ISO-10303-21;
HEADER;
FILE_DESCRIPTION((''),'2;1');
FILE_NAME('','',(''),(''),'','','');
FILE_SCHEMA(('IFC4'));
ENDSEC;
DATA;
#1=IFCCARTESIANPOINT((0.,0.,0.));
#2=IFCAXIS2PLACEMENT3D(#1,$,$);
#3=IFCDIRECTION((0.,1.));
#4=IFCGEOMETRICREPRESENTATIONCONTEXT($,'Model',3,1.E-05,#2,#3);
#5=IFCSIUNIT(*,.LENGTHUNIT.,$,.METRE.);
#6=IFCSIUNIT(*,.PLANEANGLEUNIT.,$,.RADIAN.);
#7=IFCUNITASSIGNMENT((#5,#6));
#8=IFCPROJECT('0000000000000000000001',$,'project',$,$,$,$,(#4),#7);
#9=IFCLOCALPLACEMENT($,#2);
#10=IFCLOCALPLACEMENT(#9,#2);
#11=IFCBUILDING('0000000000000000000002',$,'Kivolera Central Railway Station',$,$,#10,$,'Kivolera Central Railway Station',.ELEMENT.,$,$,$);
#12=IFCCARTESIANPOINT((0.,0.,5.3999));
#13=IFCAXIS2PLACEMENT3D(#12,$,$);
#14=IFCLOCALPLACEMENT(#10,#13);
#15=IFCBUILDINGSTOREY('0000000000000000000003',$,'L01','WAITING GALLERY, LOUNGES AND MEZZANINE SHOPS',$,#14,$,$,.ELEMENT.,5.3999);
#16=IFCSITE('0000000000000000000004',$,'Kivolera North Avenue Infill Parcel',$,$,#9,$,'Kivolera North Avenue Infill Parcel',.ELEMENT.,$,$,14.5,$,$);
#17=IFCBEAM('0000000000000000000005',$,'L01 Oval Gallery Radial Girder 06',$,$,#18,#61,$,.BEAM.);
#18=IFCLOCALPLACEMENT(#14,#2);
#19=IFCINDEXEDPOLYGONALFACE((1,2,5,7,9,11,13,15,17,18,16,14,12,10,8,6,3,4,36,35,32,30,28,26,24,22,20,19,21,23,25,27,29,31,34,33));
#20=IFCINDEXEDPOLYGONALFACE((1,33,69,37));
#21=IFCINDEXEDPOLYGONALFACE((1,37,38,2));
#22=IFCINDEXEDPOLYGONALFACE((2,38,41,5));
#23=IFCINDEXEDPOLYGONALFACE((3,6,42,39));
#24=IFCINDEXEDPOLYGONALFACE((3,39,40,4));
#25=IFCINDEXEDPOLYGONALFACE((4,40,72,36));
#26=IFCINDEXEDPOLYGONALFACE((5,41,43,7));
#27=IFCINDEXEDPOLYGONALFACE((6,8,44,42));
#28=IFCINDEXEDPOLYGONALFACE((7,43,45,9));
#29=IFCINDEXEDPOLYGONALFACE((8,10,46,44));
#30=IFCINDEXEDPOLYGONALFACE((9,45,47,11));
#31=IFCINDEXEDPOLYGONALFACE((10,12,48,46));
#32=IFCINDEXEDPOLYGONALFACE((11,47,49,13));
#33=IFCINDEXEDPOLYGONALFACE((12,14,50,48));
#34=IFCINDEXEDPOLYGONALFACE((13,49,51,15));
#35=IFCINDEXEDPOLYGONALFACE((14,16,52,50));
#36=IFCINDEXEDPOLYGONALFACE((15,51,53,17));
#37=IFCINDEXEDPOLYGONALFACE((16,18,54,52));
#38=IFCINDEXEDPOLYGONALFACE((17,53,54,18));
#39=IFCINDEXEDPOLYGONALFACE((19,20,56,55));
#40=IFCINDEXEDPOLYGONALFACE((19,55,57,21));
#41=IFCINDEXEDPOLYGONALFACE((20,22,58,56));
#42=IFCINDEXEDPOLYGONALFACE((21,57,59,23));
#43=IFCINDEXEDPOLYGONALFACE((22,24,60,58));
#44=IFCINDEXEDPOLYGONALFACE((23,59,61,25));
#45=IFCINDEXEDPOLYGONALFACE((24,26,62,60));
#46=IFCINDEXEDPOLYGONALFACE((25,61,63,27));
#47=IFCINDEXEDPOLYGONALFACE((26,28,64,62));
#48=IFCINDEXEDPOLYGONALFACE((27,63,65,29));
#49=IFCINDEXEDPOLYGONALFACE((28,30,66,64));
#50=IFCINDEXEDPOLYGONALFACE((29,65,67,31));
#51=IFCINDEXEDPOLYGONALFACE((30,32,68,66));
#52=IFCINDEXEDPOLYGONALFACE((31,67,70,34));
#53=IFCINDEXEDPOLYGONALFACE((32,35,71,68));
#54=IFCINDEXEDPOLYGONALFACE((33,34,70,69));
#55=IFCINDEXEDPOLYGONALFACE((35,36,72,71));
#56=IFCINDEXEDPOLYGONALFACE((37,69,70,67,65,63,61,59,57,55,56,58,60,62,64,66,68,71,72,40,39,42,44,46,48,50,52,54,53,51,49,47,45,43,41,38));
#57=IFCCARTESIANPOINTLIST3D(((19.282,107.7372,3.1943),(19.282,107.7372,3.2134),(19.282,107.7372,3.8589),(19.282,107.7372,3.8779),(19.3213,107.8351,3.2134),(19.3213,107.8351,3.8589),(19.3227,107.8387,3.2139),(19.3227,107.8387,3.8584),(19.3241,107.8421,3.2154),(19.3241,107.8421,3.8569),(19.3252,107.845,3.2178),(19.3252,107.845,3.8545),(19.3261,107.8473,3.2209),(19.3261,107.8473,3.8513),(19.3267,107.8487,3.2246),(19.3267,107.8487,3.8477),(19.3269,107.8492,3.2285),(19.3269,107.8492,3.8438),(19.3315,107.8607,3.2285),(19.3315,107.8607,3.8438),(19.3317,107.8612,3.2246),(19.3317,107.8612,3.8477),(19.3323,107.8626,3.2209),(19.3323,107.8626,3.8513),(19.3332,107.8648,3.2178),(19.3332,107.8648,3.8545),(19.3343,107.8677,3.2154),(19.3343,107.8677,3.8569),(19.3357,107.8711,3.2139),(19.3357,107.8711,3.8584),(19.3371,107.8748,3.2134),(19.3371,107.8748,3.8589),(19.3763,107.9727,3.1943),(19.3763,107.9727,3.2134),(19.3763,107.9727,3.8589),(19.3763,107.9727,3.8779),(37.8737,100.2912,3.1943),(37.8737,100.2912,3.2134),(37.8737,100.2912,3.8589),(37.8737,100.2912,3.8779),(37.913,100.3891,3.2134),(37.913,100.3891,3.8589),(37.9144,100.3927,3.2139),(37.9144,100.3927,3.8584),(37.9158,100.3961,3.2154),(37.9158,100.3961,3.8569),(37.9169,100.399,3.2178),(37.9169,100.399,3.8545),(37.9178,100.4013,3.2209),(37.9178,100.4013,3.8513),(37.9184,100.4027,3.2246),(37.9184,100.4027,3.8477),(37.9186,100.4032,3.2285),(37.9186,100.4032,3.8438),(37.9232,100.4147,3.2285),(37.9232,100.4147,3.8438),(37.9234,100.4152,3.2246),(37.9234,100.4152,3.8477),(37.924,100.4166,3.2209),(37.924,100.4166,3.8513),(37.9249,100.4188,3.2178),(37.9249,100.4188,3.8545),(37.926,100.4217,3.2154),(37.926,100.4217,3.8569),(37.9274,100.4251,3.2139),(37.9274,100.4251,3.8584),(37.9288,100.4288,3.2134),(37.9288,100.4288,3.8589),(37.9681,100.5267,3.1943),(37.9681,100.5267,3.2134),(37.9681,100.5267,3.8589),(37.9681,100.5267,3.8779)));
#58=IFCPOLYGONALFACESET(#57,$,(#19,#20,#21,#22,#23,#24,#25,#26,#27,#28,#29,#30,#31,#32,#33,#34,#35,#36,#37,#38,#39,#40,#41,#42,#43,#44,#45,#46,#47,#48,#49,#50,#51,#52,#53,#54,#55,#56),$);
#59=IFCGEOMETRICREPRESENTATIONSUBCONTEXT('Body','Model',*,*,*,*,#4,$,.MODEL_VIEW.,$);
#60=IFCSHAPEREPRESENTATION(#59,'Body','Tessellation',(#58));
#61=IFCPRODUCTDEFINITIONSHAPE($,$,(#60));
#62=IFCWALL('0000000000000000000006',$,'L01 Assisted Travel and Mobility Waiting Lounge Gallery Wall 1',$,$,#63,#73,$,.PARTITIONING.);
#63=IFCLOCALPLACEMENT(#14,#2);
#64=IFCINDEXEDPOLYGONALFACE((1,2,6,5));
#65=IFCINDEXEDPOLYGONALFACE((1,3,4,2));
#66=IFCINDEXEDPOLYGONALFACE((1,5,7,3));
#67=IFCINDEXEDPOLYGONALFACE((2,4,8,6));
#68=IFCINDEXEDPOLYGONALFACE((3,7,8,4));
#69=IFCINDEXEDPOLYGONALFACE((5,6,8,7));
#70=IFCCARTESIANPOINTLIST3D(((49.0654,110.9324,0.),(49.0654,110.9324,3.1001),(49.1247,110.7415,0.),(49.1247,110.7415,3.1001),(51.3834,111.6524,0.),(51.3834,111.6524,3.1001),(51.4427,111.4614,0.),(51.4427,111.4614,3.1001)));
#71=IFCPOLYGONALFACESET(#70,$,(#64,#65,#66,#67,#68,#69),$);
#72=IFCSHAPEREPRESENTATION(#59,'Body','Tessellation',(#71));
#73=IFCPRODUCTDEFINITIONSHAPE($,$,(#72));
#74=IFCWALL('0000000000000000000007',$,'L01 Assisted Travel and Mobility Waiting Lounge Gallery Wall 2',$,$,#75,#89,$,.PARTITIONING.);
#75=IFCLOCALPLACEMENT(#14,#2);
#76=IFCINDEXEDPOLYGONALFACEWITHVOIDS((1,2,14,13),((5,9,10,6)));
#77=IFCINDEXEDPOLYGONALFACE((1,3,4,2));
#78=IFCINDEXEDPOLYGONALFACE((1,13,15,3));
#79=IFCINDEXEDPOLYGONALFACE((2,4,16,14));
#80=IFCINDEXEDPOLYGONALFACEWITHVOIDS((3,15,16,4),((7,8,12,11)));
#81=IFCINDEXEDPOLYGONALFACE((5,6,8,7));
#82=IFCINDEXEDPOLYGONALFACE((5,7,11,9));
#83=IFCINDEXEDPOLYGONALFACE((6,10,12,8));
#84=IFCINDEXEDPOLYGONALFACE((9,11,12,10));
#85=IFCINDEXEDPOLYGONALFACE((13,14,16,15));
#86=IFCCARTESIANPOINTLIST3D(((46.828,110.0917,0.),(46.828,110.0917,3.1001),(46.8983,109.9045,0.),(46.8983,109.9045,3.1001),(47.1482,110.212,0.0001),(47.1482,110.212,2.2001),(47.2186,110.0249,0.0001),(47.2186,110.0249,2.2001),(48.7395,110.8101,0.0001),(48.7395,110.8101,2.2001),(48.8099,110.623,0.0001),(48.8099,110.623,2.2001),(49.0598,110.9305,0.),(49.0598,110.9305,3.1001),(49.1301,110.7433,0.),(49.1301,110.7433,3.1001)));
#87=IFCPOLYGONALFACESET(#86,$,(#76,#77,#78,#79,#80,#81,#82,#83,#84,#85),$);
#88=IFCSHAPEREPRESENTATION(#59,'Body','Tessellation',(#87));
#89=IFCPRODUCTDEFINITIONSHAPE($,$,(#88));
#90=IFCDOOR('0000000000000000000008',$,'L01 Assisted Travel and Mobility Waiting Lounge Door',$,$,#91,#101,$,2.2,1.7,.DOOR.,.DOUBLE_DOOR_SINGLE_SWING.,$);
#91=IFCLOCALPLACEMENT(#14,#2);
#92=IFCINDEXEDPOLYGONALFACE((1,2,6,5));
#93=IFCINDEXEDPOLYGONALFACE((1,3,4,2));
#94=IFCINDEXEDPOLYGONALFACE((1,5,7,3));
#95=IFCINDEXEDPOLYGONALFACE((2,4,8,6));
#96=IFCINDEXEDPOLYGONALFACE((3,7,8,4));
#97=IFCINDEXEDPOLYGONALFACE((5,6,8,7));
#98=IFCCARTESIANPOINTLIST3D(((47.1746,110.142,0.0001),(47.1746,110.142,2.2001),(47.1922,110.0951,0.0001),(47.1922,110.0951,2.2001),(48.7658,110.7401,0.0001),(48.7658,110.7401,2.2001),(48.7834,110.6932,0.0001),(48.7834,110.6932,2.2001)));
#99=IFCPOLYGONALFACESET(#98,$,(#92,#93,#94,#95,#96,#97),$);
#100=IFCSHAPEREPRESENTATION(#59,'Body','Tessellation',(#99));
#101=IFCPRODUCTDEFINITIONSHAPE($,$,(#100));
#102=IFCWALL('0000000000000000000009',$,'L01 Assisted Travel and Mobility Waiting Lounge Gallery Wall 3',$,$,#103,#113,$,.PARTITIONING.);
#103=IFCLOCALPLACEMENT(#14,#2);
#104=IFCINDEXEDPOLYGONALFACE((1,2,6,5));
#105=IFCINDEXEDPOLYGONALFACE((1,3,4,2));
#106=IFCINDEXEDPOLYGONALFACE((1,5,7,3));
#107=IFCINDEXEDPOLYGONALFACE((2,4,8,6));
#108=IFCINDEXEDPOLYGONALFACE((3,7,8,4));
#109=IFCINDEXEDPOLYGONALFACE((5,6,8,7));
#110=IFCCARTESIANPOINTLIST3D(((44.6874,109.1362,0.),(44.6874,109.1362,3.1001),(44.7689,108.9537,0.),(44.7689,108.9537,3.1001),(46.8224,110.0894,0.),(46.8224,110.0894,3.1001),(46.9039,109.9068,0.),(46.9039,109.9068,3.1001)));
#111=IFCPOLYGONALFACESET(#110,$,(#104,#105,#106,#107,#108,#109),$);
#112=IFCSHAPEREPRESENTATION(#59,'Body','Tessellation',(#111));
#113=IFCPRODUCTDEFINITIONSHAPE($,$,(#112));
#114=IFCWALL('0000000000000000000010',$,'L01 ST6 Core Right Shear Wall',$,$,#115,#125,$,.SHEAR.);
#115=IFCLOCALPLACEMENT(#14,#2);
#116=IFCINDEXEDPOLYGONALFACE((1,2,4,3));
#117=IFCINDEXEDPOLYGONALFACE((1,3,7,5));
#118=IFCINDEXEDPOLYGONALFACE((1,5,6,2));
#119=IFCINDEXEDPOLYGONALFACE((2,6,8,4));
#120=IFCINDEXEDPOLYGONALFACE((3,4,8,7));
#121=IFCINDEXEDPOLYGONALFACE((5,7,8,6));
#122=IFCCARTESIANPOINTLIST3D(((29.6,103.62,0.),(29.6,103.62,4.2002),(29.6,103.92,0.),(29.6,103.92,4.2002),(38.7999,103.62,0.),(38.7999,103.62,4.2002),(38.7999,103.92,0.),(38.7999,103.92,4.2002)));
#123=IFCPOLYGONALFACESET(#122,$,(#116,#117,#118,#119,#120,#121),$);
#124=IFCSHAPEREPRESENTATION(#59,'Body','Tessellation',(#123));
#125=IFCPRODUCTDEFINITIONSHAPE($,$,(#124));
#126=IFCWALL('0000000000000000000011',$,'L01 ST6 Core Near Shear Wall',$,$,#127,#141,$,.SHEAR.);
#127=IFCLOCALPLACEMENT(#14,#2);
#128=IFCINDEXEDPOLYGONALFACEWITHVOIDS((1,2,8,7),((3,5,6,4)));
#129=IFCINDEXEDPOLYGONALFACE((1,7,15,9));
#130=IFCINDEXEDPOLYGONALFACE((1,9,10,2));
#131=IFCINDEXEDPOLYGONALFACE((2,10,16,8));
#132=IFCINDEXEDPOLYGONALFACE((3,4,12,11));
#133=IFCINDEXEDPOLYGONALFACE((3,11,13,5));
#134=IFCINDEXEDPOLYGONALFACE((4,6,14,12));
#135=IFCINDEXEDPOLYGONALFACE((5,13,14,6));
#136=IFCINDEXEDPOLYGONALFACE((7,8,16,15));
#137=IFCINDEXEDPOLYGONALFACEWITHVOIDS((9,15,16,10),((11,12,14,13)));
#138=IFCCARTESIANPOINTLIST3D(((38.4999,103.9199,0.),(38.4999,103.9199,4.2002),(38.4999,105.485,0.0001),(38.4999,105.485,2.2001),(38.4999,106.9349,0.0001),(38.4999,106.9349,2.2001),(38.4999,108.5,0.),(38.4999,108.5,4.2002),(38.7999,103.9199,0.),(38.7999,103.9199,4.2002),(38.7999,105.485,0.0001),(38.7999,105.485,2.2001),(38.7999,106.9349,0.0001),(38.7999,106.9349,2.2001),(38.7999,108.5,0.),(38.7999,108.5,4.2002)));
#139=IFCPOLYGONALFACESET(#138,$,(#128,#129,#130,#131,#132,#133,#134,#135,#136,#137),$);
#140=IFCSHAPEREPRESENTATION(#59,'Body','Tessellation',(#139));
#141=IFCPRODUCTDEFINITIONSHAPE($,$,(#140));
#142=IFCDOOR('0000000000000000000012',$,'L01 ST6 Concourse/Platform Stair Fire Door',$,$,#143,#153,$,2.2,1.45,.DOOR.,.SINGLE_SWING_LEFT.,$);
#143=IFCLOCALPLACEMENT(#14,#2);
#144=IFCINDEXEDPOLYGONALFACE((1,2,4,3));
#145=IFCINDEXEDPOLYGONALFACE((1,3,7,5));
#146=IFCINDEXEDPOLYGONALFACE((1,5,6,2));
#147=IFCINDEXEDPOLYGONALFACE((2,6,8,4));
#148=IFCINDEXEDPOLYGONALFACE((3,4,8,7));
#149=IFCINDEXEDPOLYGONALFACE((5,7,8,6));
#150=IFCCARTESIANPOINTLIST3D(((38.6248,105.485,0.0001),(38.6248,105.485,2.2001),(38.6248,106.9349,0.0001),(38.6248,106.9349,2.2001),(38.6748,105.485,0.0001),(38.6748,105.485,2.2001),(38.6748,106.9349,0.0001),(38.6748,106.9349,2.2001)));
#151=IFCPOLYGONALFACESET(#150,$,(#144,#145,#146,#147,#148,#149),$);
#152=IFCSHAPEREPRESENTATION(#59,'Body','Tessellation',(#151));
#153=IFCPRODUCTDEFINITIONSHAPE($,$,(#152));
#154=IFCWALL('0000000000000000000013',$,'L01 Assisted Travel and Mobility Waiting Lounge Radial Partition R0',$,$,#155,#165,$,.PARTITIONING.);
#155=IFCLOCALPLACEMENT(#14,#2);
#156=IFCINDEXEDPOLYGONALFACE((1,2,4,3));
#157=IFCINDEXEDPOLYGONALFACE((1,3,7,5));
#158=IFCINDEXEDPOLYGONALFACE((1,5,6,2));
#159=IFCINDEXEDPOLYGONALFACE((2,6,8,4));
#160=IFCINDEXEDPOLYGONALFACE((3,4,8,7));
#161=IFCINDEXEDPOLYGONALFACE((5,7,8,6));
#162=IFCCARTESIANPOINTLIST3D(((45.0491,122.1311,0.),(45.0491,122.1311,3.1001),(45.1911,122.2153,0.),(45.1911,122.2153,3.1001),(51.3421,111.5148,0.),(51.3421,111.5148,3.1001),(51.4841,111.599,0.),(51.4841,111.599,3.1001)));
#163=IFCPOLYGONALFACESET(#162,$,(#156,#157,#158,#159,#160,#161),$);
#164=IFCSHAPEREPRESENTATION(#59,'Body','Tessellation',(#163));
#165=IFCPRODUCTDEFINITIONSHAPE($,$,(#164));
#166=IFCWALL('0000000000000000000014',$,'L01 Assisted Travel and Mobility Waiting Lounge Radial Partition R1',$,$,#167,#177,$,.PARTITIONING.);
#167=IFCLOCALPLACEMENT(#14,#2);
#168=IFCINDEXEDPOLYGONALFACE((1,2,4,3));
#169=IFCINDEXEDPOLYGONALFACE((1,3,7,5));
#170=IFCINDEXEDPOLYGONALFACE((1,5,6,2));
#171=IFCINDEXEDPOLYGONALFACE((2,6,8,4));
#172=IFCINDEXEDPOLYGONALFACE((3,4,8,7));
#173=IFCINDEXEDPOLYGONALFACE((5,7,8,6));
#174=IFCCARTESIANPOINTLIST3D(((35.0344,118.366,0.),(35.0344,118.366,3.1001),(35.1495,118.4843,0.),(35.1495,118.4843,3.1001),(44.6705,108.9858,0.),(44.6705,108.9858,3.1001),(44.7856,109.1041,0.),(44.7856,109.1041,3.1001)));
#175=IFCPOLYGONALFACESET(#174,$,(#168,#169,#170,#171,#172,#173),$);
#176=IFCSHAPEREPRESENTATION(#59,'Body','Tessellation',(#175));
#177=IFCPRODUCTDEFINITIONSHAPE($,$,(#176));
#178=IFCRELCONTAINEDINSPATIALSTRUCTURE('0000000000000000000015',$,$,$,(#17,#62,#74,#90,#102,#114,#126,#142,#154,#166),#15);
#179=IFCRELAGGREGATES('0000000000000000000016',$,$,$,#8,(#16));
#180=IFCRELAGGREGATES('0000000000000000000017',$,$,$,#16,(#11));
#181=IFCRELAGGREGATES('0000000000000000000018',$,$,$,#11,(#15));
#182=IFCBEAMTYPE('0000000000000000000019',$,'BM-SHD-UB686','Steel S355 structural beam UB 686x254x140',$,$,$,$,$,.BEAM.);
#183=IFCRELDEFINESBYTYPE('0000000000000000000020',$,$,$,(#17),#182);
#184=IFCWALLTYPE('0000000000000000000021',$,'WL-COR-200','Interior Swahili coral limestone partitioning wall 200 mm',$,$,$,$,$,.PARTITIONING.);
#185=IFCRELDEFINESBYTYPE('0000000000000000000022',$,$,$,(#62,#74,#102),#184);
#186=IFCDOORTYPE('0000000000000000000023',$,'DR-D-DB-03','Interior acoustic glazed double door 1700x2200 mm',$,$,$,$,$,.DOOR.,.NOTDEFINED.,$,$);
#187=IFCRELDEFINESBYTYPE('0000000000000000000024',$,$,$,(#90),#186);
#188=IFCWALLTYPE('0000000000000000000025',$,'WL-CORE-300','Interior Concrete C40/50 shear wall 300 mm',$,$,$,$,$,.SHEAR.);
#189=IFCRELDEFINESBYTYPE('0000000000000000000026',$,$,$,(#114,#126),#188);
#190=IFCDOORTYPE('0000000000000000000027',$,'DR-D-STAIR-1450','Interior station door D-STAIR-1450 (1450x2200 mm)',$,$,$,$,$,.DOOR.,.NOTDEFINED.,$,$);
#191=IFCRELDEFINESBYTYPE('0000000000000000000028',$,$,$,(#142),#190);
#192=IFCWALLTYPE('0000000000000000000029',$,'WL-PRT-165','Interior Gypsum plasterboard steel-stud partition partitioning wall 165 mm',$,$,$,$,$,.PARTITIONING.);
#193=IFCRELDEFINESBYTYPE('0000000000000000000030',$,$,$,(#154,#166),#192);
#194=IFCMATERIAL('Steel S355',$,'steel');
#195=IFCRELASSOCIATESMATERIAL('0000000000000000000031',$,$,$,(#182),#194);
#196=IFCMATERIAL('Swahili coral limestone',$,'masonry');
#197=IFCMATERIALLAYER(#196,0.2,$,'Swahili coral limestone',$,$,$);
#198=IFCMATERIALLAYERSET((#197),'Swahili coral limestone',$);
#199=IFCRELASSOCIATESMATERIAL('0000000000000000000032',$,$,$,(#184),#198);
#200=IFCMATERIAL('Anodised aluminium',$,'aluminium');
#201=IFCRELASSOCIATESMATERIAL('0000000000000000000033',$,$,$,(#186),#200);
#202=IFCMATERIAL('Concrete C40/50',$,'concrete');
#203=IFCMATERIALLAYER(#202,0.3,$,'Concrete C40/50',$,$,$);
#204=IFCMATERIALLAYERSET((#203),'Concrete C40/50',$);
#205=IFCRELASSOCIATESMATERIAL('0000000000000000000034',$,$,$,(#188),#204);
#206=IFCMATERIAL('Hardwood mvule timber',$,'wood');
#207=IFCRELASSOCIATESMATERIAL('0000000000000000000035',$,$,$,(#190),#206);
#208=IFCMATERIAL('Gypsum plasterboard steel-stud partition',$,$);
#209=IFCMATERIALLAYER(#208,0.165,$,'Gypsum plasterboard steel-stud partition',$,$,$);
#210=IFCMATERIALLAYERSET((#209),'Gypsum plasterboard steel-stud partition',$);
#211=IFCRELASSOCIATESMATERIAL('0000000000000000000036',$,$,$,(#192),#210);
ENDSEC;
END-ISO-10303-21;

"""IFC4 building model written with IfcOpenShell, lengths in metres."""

from ifc_helpers import new_model, si_unit, direction, frame, frame_2d, origin, origin_2d, place, context, subcontext, project, spatial, rectangle, i_section, extrude, material, layer, layer_set, material_profile, profile_set, type_object, element, fill, save


model = new_model("IFC4")

# Units and contexts
model_context = context("Model", 3, precision=1e-05, world=origin(), true_north=direction((0.0, 1.0)))
body_context = subcontext(model_context, "Body", "Model", "MODEL_VIEW")
ifc_project = project(units=[si_unit("LENGTHUNIT", "METRE"), si_unit("PLANEANGLEUNIT", "RADIAN")], contexts=[model_context])

# Site, building, storey
site_placement = place(None, origin())
site = spatial("IfcSite", under=ifc_project, at=site_placement, Name="Kivolera North Avenue Infill Parcel", LongName="Kivolera North Avenue Infill Parcel", CompositionType="ELEMENT", RefElevation=14.5)
building_placement = place(site_placement, origin())
building = spatial("IfcBuilding", under=site, at=building_placement, Name="Kivolera Central Railway Station", LongName="Kivolera Central Railway Station", CompositionType="ELEMENT")
storey_placement = place(building_placement, frame((0.0, 0.0, 5.3999)))
storey = spatial("IfcBuildingStorey", under=building, at=storey_placement, Name="L01", Description="WAITING GALLERY, LOUNGES AND MEZZANINE SHOPS", CompositionType="ELEMENT", Elevation=5.3999)

# Shared definitions
ifc_material_1 = material(Name="Concrete C40/50", Category="concrete")

# Beam
ifc_material_2 = material(Name="Steel S355", Category="steel")
ifc_material_profile_1 = material_profile(ifc_material_2, i_section(OverallWidth=0.2537, OverallDepth=0.6836, WebThickness=0.0125, FlangeThickness=0.019, FilletRadius=0.0151, at=origin_2d()), Name="UB 686x254x140")
ifc_profile_set_1 = profile_set([ifc_material_profile_1], Name="Steel S355")
beam_type_1 = type_object("IfcBeamType", Name="BM-SHD-UB686", Description="Steel S355 structural beam UB 686x254x140", PredefinedType="BEAM", material=ifc_profile_set_1)
beam_1_placement = place(storey_placement, frame((37.9209, 100.4089, 3.5361), z_axis=(-0.928316, 0.371792, 0.0), x_axis=(-0.371792, -0.928316, 0.0)))
element("IfcBeam", 1, at=beam_1_placement, inside=storey, type_object=beam_type_1, Name="L01 Oval Gallery Radial Girder 06", PredefinedType="BEAM", context=body_context, shape_type="SweptSolid", body=[
    extrude(i_section(OverallWidth=0.2537, OverallDepth=0.6836, WebThickness=0.0125, FlangeThickness=0.019, FilletRadius=0.0151, at=origin_2d()), origin(), (0.0, 0.0, 1.0), 20.0273),
])

# Wall
ifc_material_3 = material(Name="Swahili coral limestone", Category="masonry")
ifc_layer_1 = layer(ifc_material_3, 0.2, Name="Swahili coral limestone")
ifc_layer_set_1 = layer_set([ifc_layer_1], Name="Swahili coral limestone")
wall_type_1 = type_object("IfcWallType", Name="WL-COR-200", Description="Interior Swahili coral limestone partitioning wall 200 mm", PredefinedType="PARTITIONING", material=ifc_layer_set_1)
wall_1_placement = place(storey_placement, frame((51.4131, 111.5569, 0.0), z_axis=(0.0, 0.0, 1.0), x_axis=(-0.954999, -0.296608, 0.0)))
element("IfcWall", 2, at=wall_1_placement, inside=storey, type_object=wall_type_1, Name="L01 Assisted Travel and Mobility Waiting Lounge Gallery Wall 1", PredefinedType="PARTITIONING", context=body_context, shape_type="SweptSolid", body=[
    extrude(rectangle(XDim=2.4272, YDim=0.2, at=frame_2d((1.2136, 0.0))), origin(), (0.0, 0.0, 1.0), 3.1001),
])

# Wall, opening, door
wall_2_placement = place(storey_placement, frame((49.095, 110.8369, 0.0), z_axis=(0.0, 0.0, 1.0), x_axis=(-0.936068, -0.351819, 0.0)))
wall_2 = element("IfcWall", 3, at=wall_2_placement, inside=storey, type_object=wall_type_1, Name="L01 Assisted Travel and Mobility Waiting Lounge Gallery Wall 2", PredefinedType="PARTITIONING", context=body_context, shape_type="SweptSolid", body=[
    extrude(rectangle(XDim=2.3843, YDim=0.2, at=frame_2d((1.1921, 0.0))), origin(), (0.0, 0.0, 1.0), 3.1001),
])
opening_1_placement = place(wall_2_placement, frame((0.342, 0.0, 0.0)))
opening_1 = element("IfcOpeningElement", 4, at=opening_1_placement, cuts=wall_2, PredefinedType="OPENING", context=body_context, shape_type="SweptSolid", body=[
    extrude(rectangle(XDim=1.7, YDim=2.2, at=frame_2d((0.8501, 1.1001))), frame((0.0, 0.1099, 0.0), z_axis=(0.0, -1.0, 0.0), x_axis=(1.0, 0.0, 0.0)), (0.0, 0.0, 1.0), 0.22),
])
ifc_material_4 = material(Name="Anodised aluminium", Category="aluminium")
door_type_1 = type_object("IfcDoorType", Name="DR-D-DB-03", Description="Interior acoustic glazed double door 1700x2200 mm", OperationType="NOTDEFINED", PredefinedType="DOOR", material=ifc_material_4)
door_1_placement = place(opening_1_placement, origin())
door_1 = element("IfcDoor", 5, at=door_1_placement, inside=storey, type_object=door_type_1, Name="L01 Assisted Travel and Mobility Waiting Lounge Door", OperationType="DOUBLE_DOOR_SINGLE_SWING", OverallHeight=2.2, OverallWidth=1.7, PredefinedType="DOOR", context=body_context, shape_type="SweptSolid", body=[
    extrude(rectangle(XDim=1.7, YDim=2.2, at=frame_2d((0.8501, 1.1001))), frame((0.0, 0.0249, 0.0), z_axis=(0.0, -1.0, 0.0), x_axis=(1.0, 0.0, 0.0)), (0.0, 0.0, 1.0), 0.05),
])
fill(opening_1, door_1)

# Walls
wall_3_placement = place(storey_placement, frame((46.863, 109.998, 0.0), z_axis=(0.0, 0.0, 1.0), x_axis=(-0.913139, -0.407649, 0.0)))
element("IfcWall", 6, at=wall_3_placement, inside=storey, type_object=wall_type_1, Name="L01 Assisted Travel and Mobility Waiting Lounge Gallery Wall 3", PredefinedType="PARTITIONING", context=body_context, shape_type="SweptSolid", body=[
    extrude(rectangle(XDim=2.3381, YDim=0.2, at=frame_2d((1.1689, 0.0))), origin(), (0.0, 0.0, 1.0), 3.1001),
])
ifc_layer_2 = layer(ifc_material_1, 0.3, Name="Concrete C40/50")
ifc_layer_set_2 = layer_set([ifc_layer_2], Name="Concrete C40/50")
wall_type_2 = type_object("IfcWallType", Name="WL-CORE-300", Description="Interior Concrete C40/50 shear wall 300 mm", PredefinedType="SHEAR", material=ifc_layer_set_2)
wall_4_placement = place(storey_placement, frame((38.8, 103.77, 0.0), z_axis=(0.0, 0.0, 1.0), x_axis=(-1.0, 0.0, 0.0)))
element("IfcWall", 7, at=wall_4_placement, inside=storey, type_object=wall_type_2, Name="L01 ST6 Core Right Shear Wall", PredefinedType="SHEAR", context=body_context, shape_type="SweptSolid", body=[
    extrude(rectangle(XDim=9.2, YDim=0.3, at=frame_2d((4.6001, 0.0))), origin(), (0.0, 0.0, 1.0), 4.2002),
])

# Wall, opening, door
wall_5_placement = place(storey_placement, frame((38.6499, 108.5, 0.0), z_axis=(0.0, 0.0, 1.0), x_axis=(0.0, -1.0, 0.0)))
wall_5 = element("IfcWall", 8, at=wall_5_placement, inside=storey, type_object=wall_type_2, Name="L01 ST6 Core Near Shear Wall", PredefinedType="SHEAR", context=body_context, shape_type="SweptSolid", body=[
    extrude(rectangle(XDim=4.5801, YDim=0.3, at=frame_2d((2.29, 0.0))), origin(), (0.0, 0.0, 1.0), 4.2002),
])
opening_2_placement = place(wall_5_placement, frame((1.5649, 0.0, 0.0)))
opening_2 = element("IfcOpeningElement", 9, at=opening_2_placement, cuts=wall_5, PredefinedType="OPENING", context=body_context, shape_type="SweptSolid", body=[
    extrude(rectangle(XDim=1.45, YDim=2.2, at=frame_2d((0.7251, 1.1001))), frame((0.0, 0.1599, 0.0), z_axis=(0.0, -1.0, 0.0), x_axis=(1.0, 0.0, 0.0)), (0.0, 0.0, 1.0), 0.3201),
])
ifc_material_5 = material(Name="Hardwood mvule timber", Category="wood")
door_type_2 = type_object("IfcDoorType", Name="DR-D-STAIR-1450", Description="Interior station door D-STAIR-1450 (1450x2200 mm)", OperationType="NOTDEFINED", PredefinedType="DOOR", material=ifc_material_5)
door_2_placement = place(opening_2_placement, origin())
door_2 = element("IfcDoor", 10, at=door_2_placement, inside=storey, type_object=door_type_2, Name="L01 ST6 Concourse/Platform Stair Fire Door", OperationType="SINGLE_SWING_LEFT", OverallHeight=2.2, OverallWidth=1.45, PredefinedType="DOOR", context=body_context, shape_type="SweptSolid", body=[
    extrude(rectangle(XDim=1.45, YDim=2.2, at=frame_2d((0.7251, 1.1001))), frame((0.0, 0.0249, 0.0), z_axis=(0.0, -1.0, 0.0), x_axis=(1.0, 0.0, 0.0)), (0.0, 0.0, 1.0), 0.05),
])
fill(opening_2, door_2)

# Walls
ifc_material_6 = material(Name="Gypsum plasterboard steel-stud partition")
ifc_layer_3 = layer(ifc_material_6, 0.165, Name="Gypsum plasterboard steel-stud partition")
ifc_layer_set_3 = layer_set([ifc_layer_3], Name="Gypsum plasterboard steel-stud partition")
wall_type_3 = type_object("IfcWallType", Name="WL-PRT-165", Description="Interior Gypsum plasterboard steel-stud partition partitioning wall 165 mm", PredefinedType="PARTITIONING", material=ifc_layer_set_3)
wall_6_placement = place(storey_placement, frame((51.4131, 111.5569, 0.0), z_axis=(0.0, 0.0, 1.0), x_axis=(-0.509915, 0.860225, 0.0)))
element("IfcWall", 11, at=wall_6_placement, inside=storey, type_object=wall_type_3, Name="L01 Assisted Travel and Mobility Waiting Lounge Radial Partition R0", PredefinedType="PARTITIONING", context=body_context, shape_type="SweptSolid", body=[
    extrude(rectangle(XDim=12.3413, YDim=0.165, at=frame_2d((6.1707, 0.0))), origin(), (0.0, 0.0, 1.0), 3.1001),
])
wall_7_placement = place(storey_placement, frame((44.728, 109.0449, 0.0), z_axis=(0.0, 0.0, 1.0), x_axis=(-0.716556, 0.69753, 0.0)))
element("IfcWall", 12, at=wall_7_placement, inside=storey, type_object=wall_type_3, Name="L01 Assisted Travel and Mobility Waiting Lounge Radial Partition R1", PredefinedType="PARTITIONING", context=body_context, shape_type="SweptSolid", body=[
    extrude(rectangle(XDim=13.4478, YDim=0.165, at=frame_2d((6.7239, 0.0))), origin(), (0.0, 0.0, 1.0), 3.1001),
])

save(model, "model.ifc")
